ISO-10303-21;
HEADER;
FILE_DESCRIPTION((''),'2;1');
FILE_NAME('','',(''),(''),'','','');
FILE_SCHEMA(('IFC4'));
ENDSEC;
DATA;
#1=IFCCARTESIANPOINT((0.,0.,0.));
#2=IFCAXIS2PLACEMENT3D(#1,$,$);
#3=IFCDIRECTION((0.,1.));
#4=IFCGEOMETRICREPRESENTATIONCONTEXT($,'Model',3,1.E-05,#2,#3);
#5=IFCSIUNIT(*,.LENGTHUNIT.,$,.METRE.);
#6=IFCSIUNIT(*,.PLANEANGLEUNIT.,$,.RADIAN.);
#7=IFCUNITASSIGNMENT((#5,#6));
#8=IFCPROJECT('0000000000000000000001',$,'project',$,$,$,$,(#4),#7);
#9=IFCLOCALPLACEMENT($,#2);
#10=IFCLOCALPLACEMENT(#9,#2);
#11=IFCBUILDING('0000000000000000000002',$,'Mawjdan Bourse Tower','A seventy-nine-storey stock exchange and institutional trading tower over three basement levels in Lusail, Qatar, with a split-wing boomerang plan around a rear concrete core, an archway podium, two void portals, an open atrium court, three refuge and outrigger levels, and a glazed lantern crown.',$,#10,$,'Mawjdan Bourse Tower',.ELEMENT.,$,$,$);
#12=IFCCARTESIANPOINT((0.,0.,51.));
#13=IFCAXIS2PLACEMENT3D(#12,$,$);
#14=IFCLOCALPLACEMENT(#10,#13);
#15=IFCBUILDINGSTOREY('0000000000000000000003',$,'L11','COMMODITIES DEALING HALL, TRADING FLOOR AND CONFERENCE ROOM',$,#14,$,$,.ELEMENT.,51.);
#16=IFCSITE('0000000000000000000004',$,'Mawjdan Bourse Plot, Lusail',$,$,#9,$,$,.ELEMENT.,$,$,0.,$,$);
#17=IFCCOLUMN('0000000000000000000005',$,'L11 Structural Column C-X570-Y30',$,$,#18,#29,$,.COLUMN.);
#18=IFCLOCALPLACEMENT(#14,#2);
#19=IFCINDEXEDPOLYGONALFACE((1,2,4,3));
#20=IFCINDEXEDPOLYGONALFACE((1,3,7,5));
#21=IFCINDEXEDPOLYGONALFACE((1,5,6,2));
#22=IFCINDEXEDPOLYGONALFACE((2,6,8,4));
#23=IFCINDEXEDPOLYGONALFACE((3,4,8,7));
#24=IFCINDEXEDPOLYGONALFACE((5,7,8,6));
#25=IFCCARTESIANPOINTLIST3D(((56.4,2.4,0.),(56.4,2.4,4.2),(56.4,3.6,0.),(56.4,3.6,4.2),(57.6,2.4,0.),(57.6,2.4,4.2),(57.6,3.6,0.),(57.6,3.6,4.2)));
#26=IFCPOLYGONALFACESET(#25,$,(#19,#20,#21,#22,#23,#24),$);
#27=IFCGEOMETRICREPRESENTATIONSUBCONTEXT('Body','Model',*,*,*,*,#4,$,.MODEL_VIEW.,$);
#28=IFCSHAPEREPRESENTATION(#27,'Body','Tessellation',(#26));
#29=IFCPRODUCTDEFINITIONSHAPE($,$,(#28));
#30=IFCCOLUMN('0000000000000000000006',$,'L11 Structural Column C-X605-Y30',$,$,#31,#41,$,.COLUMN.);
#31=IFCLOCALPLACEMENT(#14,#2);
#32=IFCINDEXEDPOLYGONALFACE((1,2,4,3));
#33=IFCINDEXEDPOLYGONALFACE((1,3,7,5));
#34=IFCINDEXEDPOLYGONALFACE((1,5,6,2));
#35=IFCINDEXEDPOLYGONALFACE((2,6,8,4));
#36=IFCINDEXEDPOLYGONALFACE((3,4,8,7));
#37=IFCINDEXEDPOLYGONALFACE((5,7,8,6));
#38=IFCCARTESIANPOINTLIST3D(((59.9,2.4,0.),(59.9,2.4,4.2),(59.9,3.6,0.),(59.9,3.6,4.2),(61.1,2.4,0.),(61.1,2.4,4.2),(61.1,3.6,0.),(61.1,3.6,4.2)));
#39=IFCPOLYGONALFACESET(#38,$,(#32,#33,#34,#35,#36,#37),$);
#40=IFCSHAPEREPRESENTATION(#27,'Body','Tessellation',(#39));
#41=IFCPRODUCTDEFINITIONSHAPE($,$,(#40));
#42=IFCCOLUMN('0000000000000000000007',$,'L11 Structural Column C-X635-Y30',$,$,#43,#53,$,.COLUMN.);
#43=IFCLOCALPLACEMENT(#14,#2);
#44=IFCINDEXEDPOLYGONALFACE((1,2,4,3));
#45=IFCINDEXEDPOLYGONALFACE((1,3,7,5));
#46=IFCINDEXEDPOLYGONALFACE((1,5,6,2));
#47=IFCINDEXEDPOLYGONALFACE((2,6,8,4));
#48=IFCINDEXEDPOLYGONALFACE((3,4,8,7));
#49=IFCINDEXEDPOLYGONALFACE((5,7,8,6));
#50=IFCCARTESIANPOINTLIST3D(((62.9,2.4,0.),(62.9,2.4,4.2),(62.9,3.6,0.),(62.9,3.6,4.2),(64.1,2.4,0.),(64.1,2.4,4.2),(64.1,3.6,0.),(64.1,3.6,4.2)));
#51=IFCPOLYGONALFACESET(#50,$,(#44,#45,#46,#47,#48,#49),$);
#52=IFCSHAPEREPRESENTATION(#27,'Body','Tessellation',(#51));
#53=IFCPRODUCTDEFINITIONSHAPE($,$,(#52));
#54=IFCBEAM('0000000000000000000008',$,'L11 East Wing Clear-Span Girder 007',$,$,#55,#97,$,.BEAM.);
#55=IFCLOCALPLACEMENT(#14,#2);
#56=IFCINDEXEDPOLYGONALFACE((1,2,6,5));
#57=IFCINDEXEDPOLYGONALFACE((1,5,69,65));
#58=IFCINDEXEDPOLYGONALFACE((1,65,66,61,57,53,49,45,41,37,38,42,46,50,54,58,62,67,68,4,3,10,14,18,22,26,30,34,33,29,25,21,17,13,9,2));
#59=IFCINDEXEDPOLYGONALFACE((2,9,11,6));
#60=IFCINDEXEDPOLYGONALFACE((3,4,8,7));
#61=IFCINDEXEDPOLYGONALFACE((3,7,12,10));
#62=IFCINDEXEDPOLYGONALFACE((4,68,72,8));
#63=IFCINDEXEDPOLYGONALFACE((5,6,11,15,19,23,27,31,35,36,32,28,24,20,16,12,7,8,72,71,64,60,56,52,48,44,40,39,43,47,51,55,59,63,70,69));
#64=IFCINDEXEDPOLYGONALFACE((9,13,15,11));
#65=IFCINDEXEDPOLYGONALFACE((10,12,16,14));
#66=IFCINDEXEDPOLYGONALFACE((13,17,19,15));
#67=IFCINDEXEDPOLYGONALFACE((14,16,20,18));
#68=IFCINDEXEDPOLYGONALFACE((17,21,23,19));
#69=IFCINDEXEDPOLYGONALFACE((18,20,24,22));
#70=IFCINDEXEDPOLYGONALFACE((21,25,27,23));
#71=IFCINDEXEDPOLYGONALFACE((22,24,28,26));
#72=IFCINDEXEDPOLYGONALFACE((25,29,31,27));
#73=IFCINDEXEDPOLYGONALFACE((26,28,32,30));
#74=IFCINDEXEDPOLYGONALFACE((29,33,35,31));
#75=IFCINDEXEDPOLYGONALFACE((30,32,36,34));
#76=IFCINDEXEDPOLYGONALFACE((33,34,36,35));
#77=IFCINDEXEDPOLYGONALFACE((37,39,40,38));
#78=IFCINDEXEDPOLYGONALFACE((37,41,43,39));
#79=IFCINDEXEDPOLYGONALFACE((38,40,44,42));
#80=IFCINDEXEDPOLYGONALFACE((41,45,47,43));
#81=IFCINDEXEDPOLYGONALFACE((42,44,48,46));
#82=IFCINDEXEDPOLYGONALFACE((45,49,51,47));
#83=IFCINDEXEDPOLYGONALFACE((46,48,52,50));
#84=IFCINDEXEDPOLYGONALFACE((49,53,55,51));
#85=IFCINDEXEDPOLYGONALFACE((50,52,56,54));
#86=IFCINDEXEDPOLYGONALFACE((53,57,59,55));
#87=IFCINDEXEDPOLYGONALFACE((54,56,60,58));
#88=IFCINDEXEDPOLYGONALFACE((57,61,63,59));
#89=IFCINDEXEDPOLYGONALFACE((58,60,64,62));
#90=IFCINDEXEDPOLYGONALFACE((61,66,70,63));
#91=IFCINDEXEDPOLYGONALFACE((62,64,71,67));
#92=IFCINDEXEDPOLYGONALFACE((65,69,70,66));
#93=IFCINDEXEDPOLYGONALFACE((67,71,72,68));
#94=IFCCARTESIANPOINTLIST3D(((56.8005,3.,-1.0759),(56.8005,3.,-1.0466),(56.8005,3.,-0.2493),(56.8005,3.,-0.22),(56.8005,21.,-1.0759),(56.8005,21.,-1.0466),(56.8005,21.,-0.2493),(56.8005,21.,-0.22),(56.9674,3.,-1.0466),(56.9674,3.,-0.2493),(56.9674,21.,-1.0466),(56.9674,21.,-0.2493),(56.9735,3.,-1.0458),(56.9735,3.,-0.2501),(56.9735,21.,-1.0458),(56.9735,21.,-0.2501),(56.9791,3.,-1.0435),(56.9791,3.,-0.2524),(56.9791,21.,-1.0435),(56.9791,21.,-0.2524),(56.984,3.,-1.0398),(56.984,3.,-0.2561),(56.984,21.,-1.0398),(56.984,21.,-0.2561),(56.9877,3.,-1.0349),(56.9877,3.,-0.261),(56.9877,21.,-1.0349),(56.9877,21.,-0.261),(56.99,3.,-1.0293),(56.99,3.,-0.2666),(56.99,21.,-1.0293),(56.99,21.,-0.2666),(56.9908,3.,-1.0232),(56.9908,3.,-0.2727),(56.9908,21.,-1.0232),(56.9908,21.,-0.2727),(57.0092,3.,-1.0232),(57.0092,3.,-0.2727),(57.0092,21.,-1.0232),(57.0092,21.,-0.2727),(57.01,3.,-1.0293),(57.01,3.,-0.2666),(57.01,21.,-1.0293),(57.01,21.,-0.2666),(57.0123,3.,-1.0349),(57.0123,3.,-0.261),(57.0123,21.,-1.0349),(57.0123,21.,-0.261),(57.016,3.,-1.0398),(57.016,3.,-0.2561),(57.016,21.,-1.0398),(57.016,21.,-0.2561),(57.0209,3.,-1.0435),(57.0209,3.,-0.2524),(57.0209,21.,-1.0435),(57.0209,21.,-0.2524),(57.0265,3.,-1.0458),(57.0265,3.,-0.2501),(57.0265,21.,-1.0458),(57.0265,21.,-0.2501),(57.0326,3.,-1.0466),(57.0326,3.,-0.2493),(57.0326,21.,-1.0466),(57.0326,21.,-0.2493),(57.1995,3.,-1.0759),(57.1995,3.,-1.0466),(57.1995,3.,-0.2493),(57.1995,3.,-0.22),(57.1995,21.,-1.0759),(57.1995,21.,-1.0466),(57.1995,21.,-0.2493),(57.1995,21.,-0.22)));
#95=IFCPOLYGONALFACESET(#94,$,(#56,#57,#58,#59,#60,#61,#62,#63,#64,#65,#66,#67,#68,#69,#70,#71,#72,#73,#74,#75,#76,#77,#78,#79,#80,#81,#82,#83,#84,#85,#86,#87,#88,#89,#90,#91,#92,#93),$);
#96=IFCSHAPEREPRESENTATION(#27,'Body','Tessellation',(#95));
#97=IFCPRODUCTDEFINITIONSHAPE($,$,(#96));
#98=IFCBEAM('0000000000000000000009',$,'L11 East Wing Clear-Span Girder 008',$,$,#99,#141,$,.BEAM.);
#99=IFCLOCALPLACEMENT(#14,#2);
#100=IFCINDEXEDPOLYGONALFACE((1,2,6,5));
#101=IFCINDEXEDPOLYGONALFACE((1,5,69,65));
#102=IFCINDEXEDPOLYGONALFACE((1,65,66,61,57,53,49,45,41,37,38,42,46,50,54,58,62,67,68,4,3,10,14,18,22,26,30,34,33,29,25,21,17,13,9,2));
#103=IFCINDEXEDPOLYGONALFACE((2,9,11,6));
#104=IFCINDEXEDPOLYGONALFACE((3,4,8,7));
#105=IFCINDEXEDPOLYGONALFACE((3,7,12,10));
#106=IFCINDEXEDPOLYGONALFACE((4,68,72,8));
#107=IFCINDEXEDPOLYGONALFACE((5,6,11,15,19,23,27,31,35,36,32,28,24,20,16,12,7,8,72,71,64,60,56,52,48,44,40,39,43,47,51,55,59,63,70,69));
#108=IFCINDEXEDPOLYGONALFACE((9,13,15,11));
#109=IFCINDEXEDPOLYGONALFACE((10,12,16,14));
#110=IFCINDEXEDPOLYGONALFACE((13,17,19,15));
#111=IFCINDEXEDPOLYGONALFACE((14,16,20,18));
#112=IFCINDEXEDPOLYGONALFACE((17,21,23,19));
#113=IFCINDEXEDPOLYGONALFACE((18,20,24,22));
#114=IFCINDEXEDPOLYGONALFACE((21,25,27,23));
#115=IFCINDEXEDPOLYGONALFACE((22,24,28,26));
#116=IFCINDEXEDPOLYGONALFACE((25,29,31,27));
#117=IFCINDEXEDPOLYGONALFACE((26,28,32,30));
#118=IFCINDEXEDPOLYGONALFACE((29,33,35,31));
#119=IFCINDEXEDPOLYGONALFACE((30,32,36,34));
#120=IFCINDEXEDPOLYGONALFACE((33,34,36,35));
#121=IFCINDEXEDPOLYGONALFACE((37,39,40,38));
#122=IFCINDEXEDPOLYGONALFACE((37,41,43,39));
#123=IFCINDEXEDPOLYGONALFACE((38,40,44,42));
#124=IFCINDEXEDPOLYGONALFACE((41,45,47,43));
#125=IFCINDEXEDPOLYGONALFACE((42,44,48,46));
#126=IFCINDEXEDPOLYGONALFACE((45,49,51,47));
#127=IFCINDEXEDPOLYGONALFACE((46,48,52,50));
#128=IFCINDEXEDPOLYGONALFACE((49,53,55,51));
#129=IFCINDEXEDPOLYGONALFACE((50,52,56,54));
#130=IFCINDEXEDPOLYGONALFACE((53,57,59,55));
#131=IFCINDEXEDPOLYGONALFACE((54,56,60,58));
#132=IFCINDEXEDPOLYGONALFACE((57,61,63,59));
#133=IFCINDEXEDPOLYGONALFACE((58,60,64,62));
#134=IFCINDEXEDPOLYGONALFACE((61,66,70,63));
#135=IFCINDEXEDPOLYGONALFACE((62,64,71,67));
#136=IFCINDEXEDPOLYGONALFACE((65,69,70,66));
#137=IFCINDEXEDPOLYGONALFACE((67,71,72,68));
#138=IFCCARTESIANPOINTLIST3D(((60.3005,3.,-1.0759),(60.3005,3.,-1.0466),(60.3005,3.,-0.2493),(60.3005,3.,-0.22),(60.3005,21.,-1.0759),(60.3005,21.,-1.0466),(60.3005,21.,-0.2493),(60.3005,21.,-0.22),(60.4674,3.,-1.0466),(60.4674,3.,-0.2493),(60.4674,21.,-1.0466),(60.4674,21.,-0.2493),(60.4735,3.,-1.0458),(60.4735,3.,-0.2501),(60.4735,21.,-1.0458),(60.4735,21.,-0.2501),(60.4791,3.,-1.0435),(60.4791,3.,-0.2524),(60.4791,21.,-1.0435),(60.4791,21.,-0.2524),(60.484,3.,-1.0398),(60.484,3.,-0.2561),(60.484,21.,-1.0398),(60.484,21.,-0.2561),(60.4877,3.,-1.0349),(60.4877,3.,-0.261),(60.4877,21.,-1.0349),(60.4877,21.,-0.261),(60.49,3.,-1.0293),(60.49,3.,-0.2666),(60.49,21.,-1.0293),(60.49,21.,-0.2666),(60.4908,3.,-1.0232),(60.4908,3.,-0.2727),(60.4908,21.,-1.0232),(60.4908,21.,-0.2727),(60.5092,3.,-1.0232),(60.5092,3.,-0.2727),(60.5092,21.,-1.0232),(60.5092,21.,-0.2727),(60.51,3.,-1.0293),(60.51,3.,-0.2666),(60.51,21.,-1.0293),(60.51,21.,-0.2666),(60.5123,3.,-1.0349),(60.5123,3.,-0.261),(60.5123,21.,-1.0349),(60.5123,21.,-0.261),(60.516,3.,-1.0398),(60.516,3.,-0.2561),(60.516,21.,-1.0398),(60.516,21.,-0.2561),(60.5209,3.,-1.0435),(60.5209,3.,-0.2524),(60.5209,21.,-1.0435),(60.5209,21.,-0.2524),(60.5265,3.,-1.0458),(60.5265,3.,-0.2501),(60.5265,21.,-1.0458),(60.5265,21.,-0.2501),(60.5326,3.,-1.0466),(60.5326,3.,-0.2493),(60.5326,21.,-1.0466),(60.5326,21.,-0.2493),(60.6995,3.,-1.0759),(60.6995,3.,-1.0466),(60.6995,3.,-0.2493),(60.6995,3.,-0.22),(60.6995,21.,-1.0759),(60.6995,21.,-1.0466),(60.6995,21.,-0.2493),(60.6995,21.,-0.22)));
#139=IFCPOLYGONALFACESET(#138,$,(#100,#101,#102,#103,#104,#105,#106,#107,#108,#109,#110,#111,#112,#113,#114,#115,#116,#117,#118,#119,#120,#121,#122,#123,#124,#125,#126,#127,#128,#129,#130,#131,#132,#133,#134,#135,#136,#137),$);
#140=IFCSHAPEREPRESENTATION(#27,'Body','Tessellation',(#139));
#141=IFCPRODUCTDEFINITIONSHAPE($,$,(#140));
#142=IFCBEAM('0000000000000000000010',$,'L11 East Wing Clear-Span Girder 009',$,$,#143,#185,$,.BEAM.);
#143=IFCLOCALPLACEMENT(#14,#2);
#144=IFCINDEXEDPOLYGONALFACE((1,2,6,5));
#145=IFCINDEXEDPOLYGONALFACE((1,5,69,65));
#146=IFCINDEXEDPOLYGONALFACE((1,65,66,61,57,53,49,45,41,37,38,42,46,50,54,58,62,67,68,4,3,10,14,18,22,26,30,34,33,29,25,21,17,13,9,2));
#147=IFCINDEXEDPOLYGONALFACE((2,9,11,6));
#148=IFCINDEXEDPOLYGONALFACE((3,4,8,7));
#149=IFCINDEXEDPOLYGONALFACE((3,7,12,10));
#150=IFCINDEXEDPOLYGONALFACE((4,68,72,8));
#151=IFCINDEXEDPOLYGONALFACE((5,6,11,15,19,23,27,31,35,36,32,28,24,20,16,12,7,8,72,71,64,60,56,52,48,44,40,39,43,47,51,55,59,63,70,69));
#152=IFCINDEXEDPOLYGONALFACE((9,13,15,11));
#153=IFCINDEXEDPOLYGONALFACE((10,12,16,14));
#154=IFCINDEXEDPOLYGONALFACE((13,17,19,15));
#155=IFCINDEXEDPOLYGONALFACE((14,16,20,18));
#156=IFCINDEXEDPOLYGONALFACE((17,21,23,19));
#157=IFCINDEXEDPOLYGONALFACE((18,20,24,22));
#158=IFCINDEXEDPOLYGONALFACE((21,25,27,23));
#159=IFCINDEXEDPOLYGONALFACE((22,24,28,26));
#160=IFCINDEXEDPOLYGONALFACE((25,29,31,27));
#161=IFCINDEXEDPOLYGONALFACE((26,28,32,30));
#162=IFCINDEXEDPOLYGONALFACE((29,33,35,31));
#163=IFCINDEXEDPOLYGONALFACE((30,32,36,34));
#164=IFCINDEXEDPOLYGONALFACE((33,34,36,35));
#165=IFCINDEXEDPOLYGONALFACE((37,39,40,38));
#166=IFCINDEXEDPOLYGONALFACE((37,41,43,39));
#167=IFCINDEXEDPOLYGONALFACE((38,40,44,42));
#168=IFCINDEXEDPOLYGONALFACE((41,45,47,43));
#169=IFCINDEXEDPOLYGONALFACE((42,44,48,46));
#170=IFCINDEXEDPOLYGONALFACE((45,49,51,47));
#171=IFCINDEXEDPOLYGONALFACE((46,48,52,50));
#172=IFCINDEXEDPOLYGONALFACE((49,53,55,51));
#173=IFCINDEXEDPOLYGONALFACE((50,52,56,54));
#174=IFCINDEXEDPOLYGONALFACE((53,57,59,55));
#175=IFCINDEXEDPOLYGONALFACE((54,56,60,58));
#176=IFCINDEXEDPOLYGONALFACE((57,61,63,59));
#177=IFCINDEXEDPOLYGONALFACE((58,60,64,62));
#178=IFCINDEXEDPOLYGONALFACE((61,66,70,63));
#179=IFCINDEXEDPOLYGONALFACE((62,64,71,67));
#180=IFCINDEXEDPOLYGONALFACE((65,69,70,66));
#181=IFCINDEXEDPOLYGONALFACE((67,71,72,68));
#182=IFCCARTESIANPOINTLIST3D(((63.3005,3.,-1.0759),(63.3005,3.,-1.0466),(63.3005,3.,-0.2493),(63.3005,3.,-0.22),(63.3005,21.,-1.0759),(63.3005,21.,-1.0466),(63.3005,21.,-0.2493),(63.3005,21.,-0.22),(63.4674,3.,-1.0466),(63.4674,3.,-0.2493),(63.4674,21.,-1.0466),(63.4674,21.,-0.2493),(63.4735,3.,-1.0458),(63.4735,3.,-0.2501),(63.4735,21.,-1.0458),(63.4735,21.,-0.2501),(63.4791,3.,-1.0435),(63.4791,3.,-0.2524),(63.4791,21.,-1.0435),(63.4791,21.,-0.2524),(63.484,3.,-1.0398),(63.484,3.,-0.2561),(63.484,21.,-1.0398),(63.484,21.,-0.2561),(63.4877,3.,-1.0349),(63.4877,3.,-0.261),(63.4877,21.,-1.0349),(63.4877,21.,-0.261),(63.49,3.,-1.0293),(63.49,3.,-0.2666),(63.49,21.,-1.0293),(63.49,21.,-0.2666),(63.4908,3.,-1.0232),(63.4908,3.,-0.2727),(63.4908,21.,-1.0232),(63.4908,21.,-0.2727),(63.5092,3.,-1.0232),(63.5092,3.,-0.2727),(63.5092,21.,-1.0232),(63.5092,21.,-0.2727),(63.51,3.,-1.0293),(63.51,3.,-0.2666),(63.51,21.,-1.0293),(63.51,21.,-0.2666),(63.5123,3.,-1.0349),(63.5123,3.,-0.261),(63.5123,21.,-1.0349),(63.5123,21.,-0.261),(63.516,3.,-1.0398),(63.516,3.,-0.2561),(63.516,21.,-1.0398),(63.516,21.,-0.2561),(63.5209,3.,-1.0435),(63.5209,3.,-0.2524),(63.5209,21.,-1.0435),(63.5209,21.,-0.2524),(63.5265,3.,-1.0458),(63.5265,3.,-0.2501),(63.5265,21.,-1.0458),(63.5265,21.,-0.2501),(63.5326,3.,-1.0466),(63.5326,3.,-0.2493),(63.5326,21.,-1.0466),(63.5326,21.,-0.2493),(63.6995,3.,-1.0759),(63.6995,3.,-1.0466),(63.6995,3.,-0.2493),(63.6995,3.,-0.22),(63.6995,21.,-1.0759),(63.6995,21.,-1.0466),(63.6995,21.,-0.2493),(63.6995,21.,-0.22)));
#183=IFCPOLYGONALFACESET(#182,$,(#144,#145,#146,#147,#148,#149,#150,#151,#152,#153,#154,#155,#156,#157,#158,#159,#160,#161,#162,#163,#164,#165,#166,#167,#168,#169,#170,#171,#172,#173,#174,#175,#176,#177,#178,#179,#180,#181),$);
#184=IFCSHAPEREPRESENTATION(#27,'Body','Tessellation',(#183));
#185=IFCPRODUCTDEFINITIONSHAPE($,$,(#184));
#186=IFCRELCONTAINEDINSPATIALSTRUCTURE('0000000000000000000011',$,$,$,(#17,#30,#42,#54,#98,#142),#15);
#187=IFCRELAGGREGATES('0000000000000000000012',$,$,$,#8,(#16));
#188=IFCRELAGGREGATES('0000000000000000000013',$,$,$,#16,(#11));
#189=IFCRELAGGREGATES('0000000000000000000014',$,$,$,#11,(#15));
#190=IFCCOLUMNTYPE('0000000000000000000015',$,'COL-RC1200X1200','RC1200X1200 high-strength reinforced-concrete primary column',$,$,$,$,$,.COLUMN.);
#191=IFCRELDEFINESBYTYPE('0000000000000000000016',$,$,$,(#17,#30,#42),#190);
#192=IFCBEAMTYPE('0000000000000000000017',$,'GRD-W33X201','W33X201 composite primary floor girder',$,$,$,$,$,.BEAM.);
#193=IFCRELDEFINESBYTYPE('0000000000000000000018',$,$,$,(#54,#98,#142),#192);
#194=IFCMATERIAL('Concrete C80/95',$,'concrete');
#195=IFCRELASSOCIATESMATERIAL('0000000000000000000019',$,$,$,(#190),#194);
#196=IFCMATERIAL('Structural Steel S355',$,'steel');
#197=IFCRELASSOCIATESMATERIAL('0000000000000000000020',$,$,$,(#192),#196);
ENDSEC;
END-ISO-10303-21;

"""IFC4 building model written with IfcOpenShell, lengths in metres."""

from ifc_helpers import new_model, si_unit, direction, frame, origin, origin_2d, place, context, subcontext, project, spatial, rectangle, i_section, extrude, material, material_profile, profile_set, type_object, element, save


model = new_model("IFC4")

# Units and contexts
model_context = context("Model", 3, precision=1e-05, world=origin(), true_north=direction((0.0, 1.0)))
body_context = subcontext(model_context, "Body", "Model", "MODEL_VIEW")
ifc_project = project(units=[si_unit("LENGTHUNIT", "METRE"), si_unit("PLANEANGLEUNIT", "RADIAN")], contexts=[model_context])

# Site, building, storey
site_placement = place(None, origin())
site = spatial("IfcSite", under=ifc_project, at=site_placement, Name="Mawjdan Bourse Plot, Lusail", CompositionType="ELEMENT", RefElevation=0.0)
building_placement = place(site_placement, origin())
building = spatial("IfcBuilding", under=site, at=building_placement, Name="Mawjdan Bourse Tower", Description="A seventy-nine-storey stock exchange and institutional trading tower over three basement levels in Lusail, Qatar, with a split-wing boomerang plan around a rear concrete core, an archway podium, two void portals, an open atrium court, three refuge and outrigger levels, and a glazed lantern crown.", LongName="Mawjdan Bourse Tower", CompositionType="ELEMENT")
storey_placement = place(building_placement, frame((0.0, 0.0, 51.0)))
storey = spatial("IfcBuildingStorey", under=building, at=storey_placement, Name="L11", Description="COMMODITIES DEALING HALL, TRADING FLOOR AND CONFERENCE ROOM", CompositionType="ELEMENT", Elevation=51.0)

# Columns
ifc_material_1 = material(Name="Concrete C80/95", Category="concrete")
ifc_material_profile_1 = material_profile(ifc_material_1, rectangle(XDim=1.2, YDim=1.2, at=origin_2d()), Name="RC1200X1200")
ifc_profile_set_1 = profile_set([ifc_material_profile_1], Name="Concrete C80/95")
column_type = type_object("IfcColumnType", Name="COL-RC1200X1200", Description="RC1200X1200 high-strength reinforced-concrete primary column", PredefinedType="COLUMN", material=ifc_profile_set_1)
for number, where, z_axis, x_axis, name in (
    (1, (57.0, 3.0, 0.0), (0.0, 0.0, 1.0), (1.0, 0.0, 0.0), "L11 Structural Column C-X570-Y30"),
    (2, (60.5, 3.0, 0.0), (0.0, 0.0, 1.0), (1.0, 0.0, 0.0), "L11 Structural Column C-X605-Y30"),
    (3, (63.5, 3.0, 0.0), (0.0, 0.0, 1.0), (1.0, 0.0, 0.0), "L11 Structural Column C-X635-Y30"),
):
    element("IfcColumn", number, at=place(storey_placement, frame(where, z_axis=z_axis, x_axis=x_axis)), inside=storey, type_object=column_type, Name=name, PredefinedType="COLUMN", context=body_context, shape_type="SweptSolid", body=[
        extrude(rectangle(XDim=1.2, YDim=1.2, at=origin_2d()), origin(), (0.0, 0.0, 1.0), 4.2),
    ])

# Beams
ifc_material_2 = material(Name="Structural Steel S355", Category="steel")
ifc_material_profile_2 = material_profile(ifc_material_2, i_section(OverallWidth=0.3989, OverallDepth=0.856, WebThickness=0.0183, FlangeThickness=0.0293, FilletRadius=0.0234, at=origin_2d()), Name="W33X201")
ifc_profile_set_2 = profile_set([ifc_material_profile_2], Name="Structural Steel S355")
beam_type_1 = type_object("IfcBeamType", Name="GRD-W33X201", Description="W33X201 composite primary floor girder", PredefinedType="BEAM", material=ifc_profile_set_2)
for number, where, z_axis, x_axis, name in (
    (4, (57.0, 3.0, -0.6479), (0.0, 1.0, 0.0), (-1.0, 0.0, 0.0), "L11 East Wing Clear-Span Girder 007"),
    (5, (60.5, 3.0, -0.6479), (0.0, 1.0, 0.0), (-1.0, 0.0, 0.0), "L11 East Wing Clear-Span Girder 008"),
    (6, (63.5, 3.0, -0.6479), (0.0, 1.0, 0.0), (-1.0, 0.0, 0.0), "L11 East Wing Clear-Span Girder 009"),
):
    element("IfcBeam", number, at=place(storey_placement, frame(where, z_axis=z_axis, x_axis=x_axis)), inside=storey, type_object=beam_type_1, Name=name, PredefinedType="BEAM", context=body_context, shape_type="SweptSolid", body=[
        extrude(i_section(OverallWidth=0.3989, OverallDepth=0.856, WebThickness=0.0183, FlangeThickness=0.0293, FilletRadius=0.0234, at=origin_2d()), origin(), (0.0, 0.0, 1.0), 18.0),
    ])

save(model, "model.ifc")
